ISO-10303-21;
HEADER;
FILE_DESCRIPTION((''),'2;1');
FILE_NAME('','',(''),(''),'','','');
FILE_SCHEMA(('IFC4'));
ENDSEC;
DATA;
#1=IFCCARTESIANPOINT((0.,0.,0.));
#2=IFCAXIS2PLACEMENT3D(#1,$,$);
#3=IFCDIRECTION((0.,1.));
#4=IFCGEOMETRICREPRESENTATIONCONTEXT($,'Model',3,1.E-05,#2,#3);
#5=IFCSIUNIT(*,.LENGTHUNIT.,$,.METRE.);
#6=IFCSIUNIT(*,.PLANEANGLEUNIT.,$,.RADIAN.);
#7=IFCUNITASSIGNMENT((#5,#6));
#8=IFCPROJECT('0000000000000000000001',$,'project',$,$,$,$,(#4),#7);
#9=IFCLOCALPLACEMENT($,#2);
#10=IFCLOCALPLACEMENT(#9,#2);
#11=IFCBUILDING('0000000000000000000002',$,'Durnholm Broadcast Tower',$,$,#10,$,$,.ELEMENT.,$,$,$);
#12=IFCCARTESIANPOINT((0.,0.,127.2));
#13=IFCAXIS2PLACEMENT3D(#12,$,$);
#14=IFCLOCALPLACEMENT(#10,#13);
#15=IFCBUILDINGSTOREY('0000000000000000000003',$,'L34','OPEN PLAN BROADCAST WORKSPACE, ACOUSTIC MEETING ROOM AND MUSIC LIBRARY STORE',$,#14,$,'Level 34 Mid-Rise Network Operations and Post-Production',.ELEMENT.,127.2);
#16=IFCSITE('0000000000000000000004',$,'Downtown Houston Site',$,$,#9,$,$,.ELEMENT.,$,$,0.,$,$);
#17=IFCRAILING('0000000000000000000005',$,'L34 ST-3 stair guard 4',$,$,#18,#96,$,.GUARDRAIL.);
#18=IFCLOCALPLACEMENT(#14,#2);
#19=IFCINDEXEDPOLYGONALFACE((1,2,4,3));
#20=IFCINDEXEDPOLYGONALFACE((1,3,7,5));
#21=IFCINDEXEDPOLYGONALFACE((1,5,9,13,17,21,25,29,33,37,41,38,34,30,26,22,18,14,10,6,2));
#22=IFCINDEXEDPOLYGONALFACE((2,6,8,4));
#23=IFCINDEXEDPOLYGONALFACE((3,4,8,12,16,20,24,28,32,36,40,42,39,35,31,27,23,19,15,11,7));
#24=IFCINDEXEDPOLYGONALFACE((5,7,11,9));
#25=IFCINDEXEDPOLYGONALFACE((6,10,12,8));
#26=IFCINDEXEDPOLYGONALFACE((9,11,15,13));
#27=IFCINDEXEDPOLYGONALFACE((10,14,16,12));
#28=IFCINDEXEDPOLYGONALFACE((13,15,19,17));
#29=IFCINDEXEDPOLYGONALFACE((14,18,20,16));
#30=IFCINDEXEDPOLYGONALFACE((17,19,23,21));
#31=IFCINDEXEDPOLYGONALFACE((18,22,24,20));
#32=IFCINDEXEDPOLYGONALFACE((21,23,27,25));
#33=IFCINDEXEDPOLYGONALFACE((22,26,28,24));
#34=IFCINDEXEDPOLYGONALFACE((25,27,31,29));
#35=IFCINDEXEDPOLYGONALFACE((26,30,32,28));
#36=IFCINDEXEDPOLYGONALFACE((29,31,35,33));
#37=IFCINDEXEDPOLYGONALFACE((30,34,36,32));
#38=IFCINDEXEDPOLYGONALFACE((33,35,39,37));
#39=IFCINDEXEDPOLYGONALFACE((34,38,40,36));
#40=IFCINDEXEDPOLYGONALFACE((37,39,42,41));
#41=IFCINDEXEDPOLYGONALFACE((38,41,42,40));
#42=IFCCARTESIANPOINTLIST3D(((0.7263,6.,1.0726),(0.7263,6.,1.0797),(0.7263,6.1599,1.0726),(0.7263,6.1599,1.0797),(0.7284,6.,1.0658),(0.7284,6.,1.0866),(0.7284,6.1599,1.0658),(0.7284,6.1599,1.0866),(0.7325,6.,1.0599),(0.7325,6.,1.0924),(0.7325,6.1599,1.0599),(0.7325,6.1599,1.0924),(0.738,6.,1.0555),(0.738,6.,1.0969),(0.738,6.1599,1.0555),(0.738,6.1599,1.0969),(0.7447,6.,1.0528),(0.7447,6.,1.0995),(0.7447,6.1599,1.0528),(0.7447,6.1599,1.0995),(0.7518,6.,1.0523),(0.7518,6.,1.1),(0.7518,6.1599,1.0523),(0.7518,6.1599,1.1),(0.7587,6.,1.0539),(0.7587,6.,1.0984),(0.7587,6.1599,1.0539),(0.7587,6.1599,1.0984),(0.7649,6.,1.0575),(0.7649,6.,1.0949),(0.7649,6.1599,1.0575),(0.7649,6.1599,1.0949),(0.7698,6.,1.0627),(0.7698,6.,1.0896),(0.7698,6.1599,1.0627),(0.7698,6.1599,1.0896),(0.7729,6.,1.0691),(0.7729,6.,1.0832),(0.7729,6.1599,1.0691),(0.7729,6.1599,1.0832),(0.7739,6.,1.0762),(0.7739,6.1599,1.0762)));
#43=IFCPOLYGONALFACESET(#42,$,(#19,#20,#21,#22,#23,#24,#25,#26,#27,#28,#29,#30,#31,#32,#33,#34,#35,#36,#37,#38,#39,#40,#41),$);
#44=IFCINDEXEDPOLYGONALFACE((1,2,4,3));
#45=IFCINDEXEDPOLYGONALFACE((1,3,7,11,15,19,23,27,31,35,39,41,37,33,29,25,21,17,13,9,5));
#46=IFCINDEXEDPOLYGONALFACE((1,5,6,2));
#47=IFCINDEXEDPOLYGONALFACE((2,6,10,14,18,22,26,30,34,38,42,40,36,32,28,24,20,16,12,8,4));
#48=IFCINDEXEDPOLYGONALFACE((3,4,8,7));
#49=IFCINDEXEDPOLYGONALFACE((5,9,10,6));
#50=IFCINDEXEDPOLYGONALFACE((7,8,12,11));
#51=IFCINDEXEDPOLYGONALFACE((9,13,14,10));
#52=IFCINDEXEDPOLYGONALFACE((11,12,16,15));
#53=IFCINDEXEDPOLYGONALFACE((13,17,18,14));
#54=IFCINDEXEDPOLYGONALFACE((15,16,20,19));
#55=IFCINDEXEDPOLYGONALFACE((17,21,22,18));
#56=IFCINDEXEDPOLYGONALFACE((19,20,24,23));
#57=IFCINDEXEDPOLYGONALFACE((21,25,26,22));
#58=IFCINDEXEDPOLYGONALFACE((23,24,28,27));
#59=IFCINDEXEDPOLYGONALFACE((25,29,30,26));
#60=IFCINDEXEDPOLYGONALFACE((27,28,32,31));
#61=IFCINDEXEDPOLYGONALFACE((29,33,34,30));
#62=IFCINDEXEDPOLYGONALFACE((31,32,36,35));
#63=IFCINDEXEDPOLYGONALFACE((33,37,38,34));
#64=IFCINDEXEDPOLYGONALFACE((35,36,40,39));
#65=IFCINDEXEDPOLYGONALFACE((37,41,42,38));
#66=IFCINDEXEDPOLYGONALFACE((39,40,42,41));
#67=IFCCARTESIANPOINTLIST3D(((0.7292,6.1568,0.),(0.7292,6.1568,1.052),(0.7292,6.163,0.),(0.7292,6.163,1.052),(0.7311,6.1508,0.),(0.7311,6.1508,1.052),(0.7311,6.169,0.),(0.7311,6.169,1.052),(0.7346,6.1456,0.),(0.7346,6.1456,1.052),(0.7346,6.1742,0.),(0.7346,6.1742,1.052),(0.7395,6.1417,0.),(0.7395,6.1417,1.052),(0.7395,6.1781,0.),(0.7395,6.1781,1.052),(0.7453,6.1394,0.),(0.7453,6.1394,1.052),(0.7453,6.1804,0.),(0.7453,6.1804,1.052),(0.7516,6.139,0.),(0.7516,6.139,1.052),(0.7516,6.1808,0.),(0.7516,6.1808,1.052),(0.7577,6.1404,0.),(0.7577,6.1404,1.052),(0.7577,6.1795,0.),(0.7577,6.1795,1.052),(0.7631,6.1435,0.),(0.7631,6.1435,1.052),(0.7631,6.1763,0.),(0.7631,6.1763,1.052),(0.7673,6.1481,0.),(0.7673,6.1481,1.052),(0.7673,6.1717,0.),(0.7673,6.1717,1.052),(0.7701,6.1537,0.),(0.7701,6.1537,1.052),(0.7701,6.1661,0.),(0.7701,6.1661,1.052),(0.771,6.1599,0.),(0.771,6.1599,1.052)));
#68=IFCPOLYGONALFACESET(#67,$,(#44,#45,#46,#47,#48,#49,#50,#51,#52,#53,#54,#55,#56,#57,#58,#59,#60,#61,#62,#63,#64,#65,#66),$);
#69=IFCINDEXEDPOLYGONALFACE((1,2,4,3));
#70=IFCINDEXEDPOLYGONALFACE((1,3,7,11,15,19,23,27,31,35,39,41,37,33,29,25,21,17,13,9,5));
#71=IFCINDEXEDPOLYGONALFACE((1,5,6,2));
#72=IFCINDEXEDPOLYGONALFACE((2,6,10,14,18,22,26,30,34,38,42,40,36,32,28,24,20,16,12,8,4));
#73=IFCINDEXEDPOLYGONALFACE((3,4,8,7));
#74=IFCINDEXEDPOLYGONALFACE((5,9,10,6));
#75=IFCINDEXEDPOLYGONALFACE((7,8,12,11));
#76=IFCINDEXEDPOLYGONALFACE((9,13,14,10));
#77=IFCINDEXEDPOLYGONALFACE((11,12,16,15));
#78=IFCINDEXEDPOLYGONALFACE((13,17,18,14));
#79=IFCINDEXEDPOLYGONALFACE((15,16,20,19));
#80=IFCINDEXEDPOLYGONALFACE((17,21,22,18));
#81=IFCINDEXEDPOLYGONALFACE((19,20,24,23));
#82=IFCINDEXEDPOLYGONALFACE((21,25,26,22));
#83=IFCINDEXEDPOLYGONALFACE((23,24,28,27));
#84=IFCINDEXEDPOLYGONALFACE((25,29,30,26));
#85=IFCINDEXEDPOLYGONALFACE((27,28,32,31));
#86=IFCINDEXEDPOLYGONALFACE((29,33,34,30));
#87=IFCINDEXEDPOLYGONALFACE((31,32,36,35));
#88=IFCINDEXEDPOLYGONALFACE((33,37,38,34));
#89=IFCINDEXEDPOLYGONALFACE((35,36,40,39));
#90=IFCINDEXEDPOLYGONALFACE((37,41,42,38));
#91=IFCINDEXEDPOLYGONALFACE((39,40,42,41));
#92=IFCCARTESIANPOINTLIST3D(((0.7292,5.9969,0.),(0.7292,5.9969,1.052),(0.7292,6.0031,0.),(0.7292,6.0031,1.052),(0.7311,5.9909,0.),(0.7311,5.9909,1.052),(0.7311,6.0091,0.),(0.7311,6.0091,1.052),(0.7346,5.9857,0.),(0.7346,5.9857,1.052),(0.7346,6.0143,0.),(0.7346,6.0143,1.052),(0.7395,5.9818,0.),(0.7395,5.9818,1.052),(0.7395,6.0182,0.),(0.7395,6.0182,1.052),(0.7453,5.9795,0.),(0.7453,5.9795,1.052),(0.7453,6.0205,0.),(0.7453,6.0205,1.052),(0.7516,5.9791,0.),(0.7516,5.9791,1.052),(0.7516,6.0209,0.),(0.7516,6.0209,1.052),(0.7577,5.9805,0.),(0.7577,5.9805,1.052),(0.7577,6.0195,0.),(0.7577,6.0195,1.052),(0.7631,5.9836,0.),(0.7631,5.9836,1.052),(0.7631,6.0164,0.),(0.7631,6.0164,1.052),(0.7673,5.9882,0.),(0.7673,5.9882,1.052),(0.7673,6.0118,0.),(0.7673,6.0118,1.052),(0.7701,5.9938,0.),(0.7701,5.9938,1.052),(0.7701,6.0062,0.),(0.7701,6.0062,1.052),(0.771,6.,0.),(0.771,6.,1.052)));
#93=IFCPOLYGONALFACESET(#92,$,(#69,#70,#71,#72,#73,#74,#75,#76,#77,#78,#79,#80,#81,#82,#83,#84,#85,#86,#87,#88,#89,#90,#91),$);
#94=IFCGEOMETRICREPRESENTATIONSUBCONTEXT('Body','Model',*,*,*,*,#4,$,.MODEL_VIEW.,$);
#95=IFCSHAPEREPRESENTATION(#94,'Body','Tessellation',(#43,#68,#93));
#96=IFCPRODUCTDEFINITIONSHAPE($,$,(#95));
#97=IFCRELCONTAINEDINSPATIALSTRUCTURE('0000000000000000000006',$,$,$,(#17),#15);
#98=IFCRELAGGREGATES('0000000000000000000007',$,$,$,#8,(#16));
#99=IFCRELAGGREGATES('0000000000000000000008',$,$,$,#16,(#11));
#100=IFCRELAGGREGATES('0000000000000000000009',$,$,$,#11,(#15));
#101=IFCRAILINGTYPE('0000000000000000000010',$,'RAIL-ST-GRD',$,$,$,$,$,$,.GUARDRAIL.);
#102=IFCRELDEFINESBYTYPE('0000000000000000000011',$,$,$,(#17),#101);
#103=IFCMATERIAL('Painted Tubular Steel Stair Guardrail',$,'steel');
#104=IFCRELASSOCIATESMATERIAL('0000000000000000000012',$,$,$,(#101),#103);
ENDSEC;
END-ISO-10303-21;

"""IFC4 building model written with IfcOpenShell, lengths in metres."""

from ifc_helpers import new_model, si_unit, direction, frame, origin, origin_2d, place, context, subcontext, project, spatial, circle, extrude, material, type_object, element, save


model = new_model("IFC4")

# Units and contexts
model_context = context("Model", 3, precision=1e-05, world=origin(), true_north=direction((0.0, 1.0)))
body_context = subcontext(model_context, "Body", "Model", "MODEL_VIEW")
ifc_project = project(units=[si_unit("LENGTHUNIT", "METRE"), si_unit("PLANEANGLEUNIT", "RADIAN")], contexts=[model_context])

# Site, building, storey
site_placement = place(None, origin())
site = spatial("IfcSite", under=ifc_project, at=site_placement, Name="Downtown Houston Site", CompositionType="ELEMENT", RefElevation=0.0)
building_placement = place(site_placement, origin())
building = spatial("IfcBuilding", under=site, at=building_placement, Name="Durnholm Broadcast Tower", CompositionType="ELEMENT")
storey_placement = place(building_placement, frame((0.0, 0.0, 127.2)))
storey = spatial("IfcBuildingStorey", under=building, at=storey_placement, Name="L34", Description="OPEN PLAN BROADCAST WORKSPACE, ACOUSTIC MEETING ROOM AND MUSIC LIBRARY STORE", LongName="Level 34 Mid-Rise Network Operations and Post-Production", CompositionType="ELEMENT", Elevation=127.2)

# Railing
ifc_material_1 = material(Name="Painted Tubular Steel Stair Guardrail", Category="steel")
railing_type_1 = type_object("IfcRailingType", Name="RAIL-ST-GRD", PredefinedType="GUARDRAIL", material=ifc_material_1)
railing_1_placement = place(storey_placement, frame((0.75, 6.1599, 0.0)))
element("IfcRailing", 1, at=railing_1_placement, inside=storey, type_object=railing_type_1, Name="L34 ST-3 stair guard 4", PredefinedType="GUARDRAIL", context=body_context, shape_type="SweptSolid", body=[
    extrude(circle(Radius=0.0239, at=origin_2d()), frame((0.0, 0.0, 1.0762), z_axis=(0.0, -1.0, 0.0), x_axis=(1.0, 0.0, 0.0)), (0.0, 0.0, 1.0), 0.1599),
    extrude(circle(Radius=0.021, at=origin_2d()), origin(), (0.0, 0.0, 1.0), 1.052),
    extrude(circle(Radius=0.021, at=origin_2d()), frame((0.0, -0.1599, 0.0)), (0.0, 0.0, 1.0), 1.052),
])

save(model, "model.ifc")
